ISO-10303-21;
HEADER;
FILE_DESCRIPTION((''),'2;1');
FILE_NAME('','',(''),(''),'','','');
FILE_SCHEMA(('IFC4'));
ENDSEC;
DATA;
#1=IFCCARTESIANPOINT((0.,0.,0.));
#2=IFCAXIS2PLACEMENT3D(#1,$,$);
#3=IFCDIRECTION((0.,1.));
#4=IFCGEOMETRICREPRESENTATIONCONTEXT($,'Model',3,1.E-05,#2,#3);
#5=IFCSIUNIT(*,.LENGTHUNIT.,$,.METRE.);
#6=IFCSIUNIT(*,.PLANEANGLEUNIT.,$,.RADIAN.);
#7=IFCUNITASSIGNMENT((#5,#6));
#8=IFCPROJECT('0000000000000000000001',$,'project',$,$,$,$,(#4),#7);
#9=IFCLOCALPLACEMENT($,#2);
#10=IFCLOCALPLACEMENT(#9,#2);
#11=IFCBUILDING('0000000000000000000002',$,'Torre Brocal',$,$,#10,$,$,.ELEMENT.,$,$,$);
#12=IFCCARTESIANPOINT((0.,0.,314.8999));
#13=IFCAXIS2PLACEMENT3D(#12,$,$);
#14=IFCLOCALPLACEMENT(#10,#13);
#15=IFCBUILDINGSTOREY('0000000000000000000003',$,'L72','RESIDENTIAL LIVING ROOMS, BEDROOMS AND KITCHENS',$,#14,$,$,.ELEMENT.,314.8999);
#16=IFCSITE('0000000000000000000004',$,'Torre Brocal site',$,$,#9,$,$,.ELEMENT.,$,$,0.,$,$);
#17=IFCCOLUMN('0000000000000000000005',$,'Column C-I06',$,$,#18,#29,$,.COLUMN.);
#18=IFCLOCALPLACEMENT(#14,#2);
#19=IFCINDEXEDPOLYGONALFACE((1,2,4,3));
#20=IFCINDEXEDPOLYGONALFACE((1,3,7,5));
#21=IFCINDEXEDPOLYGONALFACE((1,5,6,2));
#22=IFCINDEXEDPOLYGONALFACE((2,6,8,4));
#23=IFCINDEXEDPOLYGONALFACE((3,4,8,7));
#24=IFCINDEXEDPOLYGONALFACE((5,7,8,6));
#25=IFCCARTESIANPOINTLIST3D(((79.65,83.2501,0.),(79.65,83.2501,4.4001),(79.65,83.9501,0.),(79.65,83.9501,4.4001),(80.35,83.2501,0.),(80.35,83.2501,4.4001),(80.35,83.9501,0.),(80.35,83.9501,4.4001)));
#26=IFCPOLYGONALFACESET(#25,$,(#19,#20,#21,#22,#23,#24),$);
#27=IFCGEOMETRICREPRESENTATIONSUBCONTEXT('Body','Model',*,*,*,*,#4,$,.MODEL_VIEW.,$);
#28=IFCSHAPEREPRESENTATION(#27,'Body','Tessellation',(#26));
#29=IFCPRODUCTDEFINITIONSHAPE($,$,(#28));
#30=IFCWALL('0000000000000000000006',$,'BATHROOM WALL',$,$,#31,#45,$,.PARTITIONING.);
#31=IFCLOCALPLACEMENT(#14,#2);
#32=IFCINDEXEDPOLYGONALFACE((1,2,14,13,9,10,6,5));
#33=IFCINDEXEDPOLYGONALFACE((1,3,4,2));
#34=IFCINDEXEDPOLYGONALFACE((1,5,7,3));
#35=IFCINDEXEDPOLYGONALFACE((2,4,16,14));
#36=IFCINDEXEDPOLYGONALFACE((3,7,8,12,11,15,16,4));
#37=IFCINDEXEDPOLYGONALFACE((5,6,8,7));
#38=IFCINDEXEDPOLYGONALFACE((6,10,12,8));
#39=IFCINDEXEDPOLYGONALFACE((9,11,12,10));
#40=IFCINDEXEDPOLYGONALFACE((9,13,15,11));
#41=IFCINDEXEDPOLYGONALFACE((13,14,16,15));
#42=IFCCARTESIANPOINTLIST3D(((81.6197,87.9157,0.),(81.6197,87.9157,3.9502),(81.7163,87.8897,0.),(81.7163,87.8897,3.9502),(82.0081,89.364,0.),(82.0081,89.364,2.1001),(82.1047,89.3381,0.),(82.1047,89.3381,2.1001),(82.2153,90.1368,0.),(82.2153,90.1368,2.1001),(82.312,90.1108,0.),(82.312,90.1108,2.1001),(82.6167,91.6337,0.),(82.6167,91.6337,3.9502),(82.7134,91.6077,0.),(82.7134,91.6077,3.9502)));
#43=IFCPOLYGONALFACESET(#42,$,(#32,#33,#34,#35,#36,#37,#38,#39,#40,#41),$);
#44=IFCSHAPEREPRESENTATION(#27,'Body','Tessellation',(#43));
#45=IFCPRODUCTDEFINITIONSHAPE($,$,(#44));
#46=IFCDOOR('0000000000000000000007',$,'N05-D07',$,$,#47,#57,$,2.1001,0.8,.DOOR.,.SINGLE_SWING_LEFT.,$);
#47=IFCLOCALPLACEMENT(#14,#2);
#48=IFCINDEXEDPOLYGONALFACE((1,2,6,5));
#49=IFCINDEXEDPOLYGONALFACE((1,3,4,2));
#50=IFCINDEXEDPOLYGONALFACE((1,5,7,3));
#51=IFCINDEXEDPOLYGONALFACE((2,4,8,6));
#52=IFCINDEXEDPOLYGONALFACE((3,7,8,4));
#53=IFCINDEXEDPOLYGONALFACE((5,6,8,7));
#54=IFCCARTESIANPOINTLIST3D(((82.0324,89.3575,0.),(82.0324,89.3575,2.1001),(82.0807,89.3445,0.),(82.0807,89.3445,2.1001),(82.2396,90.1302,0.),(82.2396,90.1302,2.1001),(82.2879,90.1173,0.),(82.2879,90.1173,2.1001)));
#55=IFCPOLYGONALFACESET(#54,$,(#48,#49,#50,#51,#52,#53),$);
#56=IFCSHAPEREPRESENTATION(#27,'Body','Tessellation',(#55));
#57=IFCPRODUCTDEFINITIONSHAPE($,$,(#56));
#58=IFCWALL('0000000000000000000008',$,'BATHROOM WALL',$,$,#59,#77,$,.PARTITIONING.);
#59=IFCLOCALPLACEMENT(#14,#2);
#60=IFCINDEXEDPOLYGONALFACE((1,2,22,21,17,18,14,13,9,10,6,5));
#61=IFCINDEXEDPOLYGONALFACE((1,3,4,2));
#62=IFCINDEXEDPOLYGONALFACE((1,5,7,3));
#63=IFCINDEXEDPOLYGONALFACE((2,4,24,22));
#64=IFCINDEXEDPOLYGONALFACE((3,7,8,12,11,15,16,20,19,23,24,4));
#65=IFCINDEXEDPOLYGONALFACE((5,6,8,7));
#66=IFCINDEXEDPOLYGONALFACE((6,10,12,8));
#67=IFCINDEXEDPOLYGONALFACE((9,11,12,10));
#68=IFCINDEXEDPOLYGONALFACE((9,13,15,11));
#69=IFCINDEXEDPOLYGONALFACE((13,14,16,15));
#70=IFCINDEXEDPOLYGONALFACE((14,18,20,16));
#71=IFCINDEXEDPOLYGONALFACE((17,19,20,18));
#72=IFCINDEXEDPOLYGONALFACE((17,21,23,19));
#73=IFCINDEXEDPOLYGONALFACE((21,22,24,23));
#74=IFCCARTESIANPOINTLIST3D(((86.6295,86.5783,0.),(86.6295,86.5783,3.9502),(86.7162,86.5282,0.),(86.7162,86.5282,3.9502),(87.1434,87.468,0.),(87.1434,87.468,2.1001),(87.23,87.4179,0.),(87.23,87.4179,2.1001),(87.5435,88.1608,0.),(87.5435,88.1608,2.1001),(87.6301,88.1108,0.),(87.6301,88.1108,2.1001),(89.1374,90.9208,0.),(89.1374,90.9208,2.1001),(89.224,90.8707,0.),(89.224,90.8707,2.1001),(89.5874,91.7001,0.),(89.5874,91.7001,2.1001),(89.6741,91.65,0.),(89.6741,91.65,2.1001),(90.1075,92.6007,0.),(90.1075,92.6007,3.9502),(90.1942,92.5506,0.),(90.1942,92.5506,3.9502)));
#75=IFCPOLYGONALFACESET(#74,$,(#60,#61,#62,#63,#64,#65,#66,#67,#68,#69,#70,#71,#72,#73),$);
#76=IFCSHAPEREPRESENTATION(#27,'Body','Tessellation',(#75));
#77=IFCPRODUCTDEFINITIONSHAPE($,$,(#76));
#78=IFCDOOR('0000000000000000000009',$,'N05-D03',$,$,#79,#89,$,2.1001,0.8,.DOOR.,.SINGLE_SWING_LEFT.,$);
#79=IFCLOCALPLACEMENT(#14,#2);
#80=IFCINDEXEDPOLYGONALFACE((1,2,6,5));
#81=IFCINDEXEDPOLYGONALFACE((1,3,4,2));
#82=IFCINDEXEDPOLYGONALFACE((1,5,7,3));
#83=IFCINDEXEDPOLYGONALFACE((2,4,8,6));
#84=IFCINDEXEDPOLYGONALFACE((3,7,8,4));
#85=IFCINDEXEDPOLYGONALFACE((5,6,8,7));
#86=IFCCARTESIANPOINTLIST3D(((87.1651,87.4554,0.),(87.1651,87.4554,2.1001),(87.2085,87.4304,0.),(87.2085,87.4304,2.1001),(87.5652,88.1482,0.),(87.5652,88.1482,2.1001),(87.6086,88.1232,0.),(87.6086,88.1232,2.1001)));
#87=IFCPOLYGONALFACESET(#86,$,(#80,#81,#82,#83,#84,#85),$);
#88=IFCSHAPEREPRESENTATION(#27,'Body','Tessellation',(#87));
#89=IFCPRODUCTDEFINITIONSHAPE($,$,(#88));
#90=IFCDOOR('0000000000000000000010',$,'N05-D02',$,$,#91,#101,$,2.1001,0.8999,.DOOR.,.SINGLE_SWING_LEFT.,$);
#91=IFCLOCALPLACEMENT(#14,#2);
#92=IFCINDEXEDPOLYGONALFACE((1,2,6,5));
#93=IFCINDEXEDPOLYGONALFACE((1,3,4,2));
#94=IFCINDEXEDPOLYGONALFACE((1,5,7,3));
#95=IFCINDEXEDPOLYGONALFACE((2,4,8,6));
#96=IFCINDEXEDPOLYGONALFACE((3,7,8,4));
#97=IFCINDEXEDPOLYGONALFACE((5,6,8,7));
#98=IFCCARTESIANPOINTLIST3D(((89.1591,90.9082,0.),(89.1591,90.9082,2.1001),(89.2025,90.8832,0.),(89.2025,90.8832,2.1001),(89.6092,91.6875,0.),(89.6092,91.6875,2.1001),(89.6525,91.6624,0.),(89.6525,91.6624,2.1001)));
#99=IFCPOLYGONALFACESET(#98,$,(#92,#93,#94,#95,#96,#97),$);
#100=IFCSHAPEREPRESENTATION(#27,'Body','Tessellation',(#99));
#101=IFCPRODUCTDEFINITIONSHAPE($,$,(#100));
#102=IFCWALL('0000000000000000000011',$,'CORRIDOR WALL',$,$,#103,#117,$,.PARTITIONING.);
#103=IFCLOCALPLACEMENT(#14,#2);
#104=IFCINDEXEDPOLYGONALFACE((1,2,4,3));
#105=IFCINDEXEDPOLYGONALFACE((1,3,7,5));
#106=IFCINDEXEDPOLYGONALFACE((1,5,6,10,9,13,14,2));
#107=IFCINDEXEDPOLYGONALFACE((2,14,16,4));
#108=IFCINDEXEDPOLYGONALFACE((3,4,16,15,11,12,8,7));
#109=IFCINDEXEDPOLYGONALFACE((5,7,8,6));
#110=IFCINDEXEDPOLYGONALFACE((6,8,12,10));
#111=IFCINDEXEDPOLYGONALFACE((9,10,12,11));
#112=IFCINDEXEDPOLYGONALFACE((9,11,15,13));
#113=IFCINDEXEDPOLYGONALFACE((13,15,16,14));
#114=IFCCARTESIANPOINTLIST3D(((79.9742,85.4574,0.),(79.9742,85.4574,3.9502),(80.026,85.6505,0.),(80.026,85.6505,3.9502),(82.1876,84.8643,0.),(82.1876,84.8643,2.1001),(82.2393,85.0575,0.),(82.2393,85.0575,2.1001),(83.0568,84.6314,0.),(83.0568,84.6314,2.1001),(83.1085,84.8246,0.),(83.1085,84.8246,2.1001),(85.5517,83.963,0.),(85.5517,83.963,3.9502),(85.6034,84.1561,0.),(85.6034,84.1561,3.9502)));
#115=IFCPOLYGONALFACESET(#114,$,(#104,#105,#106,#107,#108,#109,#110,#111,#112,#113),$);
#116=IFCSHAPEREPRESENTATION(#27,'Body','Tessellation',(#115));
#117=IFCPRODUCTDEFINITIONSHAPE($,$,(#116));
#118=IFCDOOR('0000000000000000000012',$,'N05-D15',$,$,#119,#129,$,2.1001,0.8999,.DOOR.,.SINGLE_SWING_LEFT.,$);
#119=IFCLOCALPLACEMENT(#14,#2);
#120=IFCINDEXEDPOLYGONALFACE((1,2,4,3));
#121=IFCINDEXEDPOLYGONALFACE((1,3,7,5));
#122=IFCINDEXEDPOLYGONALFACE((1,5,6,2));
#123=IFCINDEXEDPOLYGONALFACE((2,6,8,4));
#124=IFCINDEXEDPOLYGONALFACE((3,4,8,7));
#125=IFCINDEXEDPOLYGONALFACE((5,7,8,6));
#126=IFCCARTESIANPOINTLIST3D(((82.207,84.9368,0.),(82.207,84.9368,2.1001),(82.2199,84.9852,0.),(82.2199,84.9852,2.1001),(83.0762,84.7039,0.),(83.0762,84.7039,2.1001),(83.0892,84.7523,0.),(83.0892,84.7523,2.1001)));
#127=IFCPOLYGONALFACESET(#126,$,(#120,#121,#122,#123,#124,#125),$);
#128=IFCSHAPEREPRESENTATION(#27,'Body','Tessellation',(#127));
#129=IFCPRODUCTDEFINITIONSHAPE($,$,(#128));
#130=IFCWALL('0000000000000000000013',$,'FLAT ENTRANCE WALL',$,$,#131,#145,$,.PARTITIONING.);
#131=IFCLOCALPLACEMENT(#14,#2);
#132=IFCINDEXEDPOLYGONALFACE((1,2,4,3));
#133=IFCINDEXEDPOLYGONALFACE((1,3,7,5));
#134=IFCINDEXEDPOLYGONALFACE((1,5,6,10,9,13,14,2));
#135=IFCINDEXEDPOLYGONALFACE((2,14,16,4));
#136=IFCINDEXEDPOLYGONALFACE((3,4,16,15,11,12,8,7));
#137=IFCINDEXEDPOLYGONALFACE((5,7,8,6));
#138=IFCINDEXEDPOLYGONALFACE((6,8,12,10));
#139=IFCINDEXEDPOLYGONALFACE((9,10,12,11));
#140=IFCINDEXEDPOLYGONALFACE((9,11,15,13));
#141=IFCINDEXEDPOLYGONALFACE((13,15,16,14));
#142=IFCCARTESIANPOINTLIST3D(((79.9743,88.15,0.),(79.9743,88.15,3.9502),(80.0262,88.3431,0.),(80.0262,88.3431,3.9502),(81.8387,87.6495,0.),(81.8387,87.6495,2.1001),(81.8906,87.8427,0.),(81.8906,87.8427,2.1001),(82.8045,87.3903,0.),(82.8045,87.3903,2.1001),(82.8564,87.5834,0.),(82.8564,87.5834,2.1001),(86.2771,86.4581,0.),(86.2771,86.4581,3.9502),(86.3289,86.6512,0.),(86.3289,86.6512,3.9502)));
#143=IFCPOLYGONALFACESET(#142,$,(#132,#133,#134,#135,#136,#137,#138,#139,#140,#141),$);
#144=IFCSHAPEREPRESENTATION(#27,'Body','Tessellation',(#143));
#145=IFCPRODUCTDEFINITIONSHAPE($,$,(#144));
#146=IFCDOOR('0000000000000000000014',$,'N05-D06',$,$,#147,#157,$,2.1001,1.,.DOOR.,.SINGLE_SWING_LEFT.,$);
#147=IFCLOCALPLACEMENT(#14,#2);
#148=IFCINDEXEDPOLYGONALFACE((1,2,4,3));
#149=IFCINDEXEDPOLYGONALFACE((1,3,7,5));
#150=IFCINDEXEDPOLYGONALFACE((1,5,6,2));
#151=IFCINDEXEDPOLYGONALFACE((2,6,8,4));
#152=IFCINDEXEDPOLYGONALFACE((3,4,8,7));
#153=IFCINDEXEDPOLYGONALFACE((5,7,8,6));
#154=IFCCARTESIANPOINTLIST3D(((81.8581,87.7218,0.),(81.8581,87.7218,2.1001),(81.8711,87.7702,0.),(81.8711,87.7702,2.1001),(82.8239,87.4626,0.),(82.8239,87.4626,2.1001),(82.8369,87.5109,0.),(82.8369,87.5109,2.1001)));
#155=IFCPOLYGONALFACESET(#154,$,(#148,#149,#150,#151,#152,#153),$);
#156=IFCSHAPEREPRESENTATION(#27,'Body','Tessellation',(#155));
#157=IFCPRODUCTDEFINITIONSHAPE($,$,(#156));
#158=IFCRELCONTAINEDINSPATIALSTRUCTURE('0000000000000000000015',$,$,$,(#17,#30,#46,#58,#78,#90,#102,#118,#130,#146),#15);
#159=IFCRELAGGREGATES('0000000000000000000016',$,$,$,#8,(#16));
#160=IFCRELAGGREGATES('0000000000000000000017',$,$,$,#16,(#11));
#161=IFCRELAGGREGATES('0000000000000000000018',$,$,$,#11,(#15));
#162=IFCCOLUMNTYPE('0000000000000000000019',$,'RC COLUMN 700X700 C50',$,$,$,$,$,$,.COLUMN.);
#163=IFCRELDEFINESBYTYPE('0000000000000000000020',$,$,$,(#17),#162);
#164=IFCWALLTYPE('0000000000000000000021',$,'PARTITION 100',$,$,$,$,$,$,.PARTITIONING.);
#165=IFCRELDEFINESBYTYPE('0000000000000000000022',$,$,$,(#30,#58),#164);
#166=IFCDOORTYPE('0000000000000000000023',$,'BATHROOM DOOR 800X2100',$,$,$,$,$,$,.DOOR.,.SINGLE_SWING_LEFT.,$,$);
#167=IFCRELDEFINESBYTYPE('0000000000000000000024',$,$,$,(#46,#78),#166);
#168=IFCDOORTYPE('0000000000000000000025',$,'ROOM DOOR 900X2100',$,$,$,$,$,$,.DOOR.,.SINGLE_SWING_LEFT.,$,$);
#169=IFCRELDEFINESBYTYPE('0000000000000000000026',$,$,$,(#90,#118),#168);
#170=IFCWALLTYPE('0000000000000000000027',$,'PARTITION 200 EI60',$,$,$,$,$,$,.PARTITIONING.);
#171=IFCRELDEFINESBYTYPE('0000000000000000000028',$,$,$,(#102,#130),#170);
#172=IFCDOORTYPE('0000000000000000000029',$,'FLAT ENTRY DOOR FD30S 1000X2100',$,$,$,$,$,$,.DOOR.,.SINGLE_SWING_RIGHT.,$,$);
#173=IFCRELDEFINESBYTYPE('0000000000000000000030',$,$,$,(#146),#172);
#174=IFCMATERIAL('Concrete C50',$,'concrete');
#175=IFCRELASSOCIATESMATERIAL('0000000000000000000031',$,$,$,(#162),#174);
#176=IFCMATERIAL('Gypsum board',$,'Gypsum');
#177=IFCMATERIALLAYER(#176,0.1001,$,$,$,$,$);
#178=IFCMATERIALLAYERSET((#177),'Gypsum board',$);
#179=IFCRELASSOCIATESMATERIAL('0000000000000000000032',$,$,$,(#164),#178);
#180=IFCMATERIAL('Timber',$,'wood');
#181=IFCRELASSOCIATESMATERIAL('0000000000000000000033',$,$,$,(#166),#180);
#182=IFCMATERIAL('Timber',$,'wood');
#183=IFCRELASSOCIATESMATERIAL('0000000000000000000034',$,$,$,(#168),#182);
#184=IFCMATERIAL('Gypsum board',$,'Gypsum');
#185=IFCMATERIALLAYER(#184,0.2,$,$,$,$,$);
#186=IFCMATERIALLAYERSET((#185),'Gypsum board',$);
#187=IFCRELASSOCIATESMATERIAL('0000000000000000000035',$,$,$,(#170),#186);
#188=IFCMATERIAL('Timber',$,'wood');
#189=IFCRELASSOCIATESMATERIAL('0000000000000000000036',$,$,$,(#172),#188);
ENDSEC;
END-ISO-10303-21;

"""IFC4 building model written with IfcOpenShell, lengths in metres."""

from ifc_helpers import new_model, si_unit, direction, frame, frame_2d, origin, origin_2d, place, context, subcontext, project, spatial, rectangle, extrude, material, layer, layer_set, material_profile, profile_set, type_object, element, fill, save


model = new_model("IFC4")

# Units and contexts
model_context = context("Model", 3, precision=1e-05, world=origin(), true_north=direction((0.0, 1.0)))
body_context = subcontext(model_context, "Body", "Model", "MODEL_VIEW")
ifc_project = project(units=[si_unit("LENGTHUNIT", "METRE"), si_unit("PLANEANGLEUNIT", "RADIAN")], contexts=[model_context])

# Site, building, storey
site_placement = place(None, origin())
site = spatial("IfcSite", under=ifc_project, at=site_placement, Name="Torre Brocal site", CompositionType="ELEMENT", RefElevation=0.0)
building_placement = place(site_placement, origin())
building = spatial("IfcBuilding", under=site, at=building_placement, Name="Torre Brocal", CompositionType="ELEMENT")
storey_placement = place(building_placement, frame((0.0, 0.0, 314.8999)))
storey = spatial("IfcBuildingStorey", under=building, at=storey_placement, Name="L72", Description="RESIDENTIAL LIVING ROOMS, BEDROOMS AND KITCHENS", CompositionType="ELEMENT", Elevation=314.8999)

# Column
ifc_material_1 = material(Name="Concrete C50", Category="concrete")
ifc_material_profile = material_profile(ifc_material_1, rectangle(XDim=0.7, YDim=0.7, at=origin_2d()), Name="RC 700X700")
ifc_profile_set = profile_set([ifc_material_profile], Name="Concrete C50")
column_type = type_object("IfcColumnType", Name="RC COLUMN 700X700 C50", PredefinedType="COLUMN", material=ifc_profile_set)
column_placement = place(storey_placement, frame((80.0, 83.6001, 0.0), z_axis=(0.0, 0.0, 1.0), x_axis=(0.0, 1.0, 0.0)))
element("IfcColumn", 1, at=column_placement, inside=storey, type_object=column_type, Name="Column C-I06", PredefinedType="COLUMN", context=body_context, shape_type="SweptSolid", body=[
    extrude(rectangle(XDim=0.7, YDim=0.7, at=origin_2d()), origin(), (0.0, 0.0, 1.0), 4.4001),
])

# Wall, opening, door
ifc_material_2 = material(Name="Gypsum board", Category="Gypsum")
ifc_layer_1 = layer(ifc_material_2, 0.1001)
ifc_layer_set_1 = layer_set([ifc_layer_1], Name="Gypsum board")
wall_type_1 = type_object("IfcWallType", Name="PARTITION 100", PredefinedType="PARTITIONING", material=ifc_layer_set_1)
wall_1_placement = place(storey_placement, frame((81.668, 87.9026, 0.0), z_axis=(0.0, 0.0, 1.0), x_axis=(0.25902, 0.965872, 0.0)))
wall_1 = element("IfcWall", 2, at=wall_1_placement, inside=storey, type_object=wall_type_1, Name="BATHROOM WALL", PredefinedType="PARTITIONING", context=body_context, shape_type="SweptSolid", body=[
    extrude(rectangle(XDim=3.8494, YDim=0.1001, at=frame_2d((1.9248, 0.0))), origin(), (0.0, 0.0, 1.0), 3.9502),
])
opening_1_placement = place(wall_1_placement, frame((1.4998, 0.0, 0.0)))
opening_1 = element("IfcOpeningElement", 3, at=opening_1_placement, cuts=wall_1, PredefinedType="OPENING", context=body_context, shape_type="SweptSolid", body=[
    extrude(rectangle(XDim=0.8, YDim=2.1001, at=frame_2d((0.3999, 1.05))), frame((0.0, 0.0601, 0.0), z_axis=(0.0, -1.0, 0.0), x_axis=(1.0, 0.0, 0.0)), (0.0, 0.0, 1.0), 0.1201),
])
ifc_material_3 = material(Name="Timber", Category="wood")
door_type_1 = type_object("IfcDoorType", Name="BATHROOM DOOR 800X2100", OperationType="SINGLE_SWING_LEFT", PredefinedType="DOOR", material=ifc_material_3)
door_1_placement = place(opening_1_placement, origin())
door_1 = element("IfcDoor", 4, at=door_1_placement, inside=storey, type_object=door_type_1, Name="N05-D07", OperationType="SINGLE_SWING_LEFT", OverallHeight=2.1001, OverallWidth=0.8, PredefinedType="DOOR", context=body_context, shape_type="SweptSolid", body=[
    extrude(rectangle(XDim=0.8, YDim=2.1001, at=frame_2d((0.3999, 1.05))), frame((0.0, 0.0249, 0.0), z_axis=(0.0, -1.0, 0.0), x_axis=(1.0, 0.0, 0.0)), (0.0, 0.0, 1.0), 0.05),
])
fill(opening_1, door_1)

# Wall, openings, doors
wall_2_placement = place(storey_placement, frame((86.6729, 86.5532, 0.0), z_axis=(0.0, 0.0, 1.0), x_axis=(0.500103, 0.865966, 0.0)))
wall_2 = element("IfcWall", 5, at=wall_2_placement, inside=storey, type_object=wall_type_1, Name="BATHROOM WALL", PredefinedType="PARTITIONING", context=body_context, shape_type="SweptSolid", body=[
    extrude(rectangle(XDim=6.9546, YDim=0.1001, at=frame_2d((3.4773, 0.0))), origin(), (0.0, 0.0, 1.0), 3.9502),
])
opening_2_placement = place(wall_2_placement, frame((5.0146, 0.0, 0.0)))
opening_2 = element("IfcOpeningElement", 6, at=opening_2_placement, cuts=wall_2, PredefinedType="OPENING", context=body_context, shape_type="SweptSolid", body=[
    extrude(rectangle(XDim=0.8999, YDim=2.1001, at=frame_2d((0.45, 1.05))), frame((0.0, 0.0601, 0.0), z_axis=(0.0, -1.0, 0.0), x_axis=(1.0, 0.0, 0.0)), (0.0, 0.0, 1.0), 0.1201),
])
opening_3_placement = place(wall_2_placement, frame((1.0276, 0.0, 0.0)))
opening_3 = element("IfcOpeningElement", 7, at=opening_3_placement, cuts=wall_2, PredefinedType="OPENING", context=body_context, shape_type="SweptSolid", body=[
    extrude(rectangle(XDim=0.8, YDim=2.1001, at=frame_2d((0.3999, 1.05))), frame((0.0, 0.0601, 0.0), z_axis=(0.0, -1.0, 0.0), x_axis=(1.0, 0.0, 0.0)), (0.0, 0.0, 1.0), 0.1201),
])
door_2_placement = place(opening_3_placement, origin())
door_2 = element("IfcDoor", 8, at=door_2_placement, inside=storey, type_object=door_type_1, Name="N05-D03", OperationType="SINGLE_SWING_LEFT", OverallHeight=2.1001, OverallWidth=0.8, PredefinedType="DOOR", context=body_context, shape_type="SweptSolid", body=[
    extrude(rectangle(XDim=0.8, YDim=2.1001, at=frame_2d((0.3999, 1.05))), frame((0.0, 0.0249, 0.0), z_axis=(0.0, -1.0, 0.0), x_axis=(1.0, 0.0, 0.0)), (0.0, 0.0, 1.0), 0.05),
])
fill(opening_3, door_2)
ifc_material_4 = material(Name="Timber", Category="wood")
door_type_2 = type_object("IfcDoorType", Name="ROOM DOOR 900X2100", OperationType="SINGLE_SWING_LEFT", PredefinedType="DOOR", material=ifc_material_4)
door_3_placement = place(opening_2_placement, origin())
door_3 = element("IfcDoor", 9, at=door_3_placement, inside=storey, type_object=door_type_2, Name="N05-D02", OperationType="SINGLE_SWING_LEFT", OverallHeight=2.1001, OverallWidth=0.8999, PredefinedType="DOOR", context=body_context, shape_type="SweptSolid", body=[
    extrude(rectangle(XDim=0.8999, YDim=2.1001, at=frame_2d((0.45, 1.05))), frame((0.0, 0.0249, 0.0), z_axis=(0.0, -1.0, 0.0), x_axis=(1.0, 0.0, 0.0)), (0.0, 0.0, 1.0), 0.05),
])
fill(opening_2, door_3)

# Walls, openings, doors
ifc_material_5 = material(Name="Gypsum board", Category="Gypsum")
ifc_layer_2 = layer(ifc_material_5, 0.2)
ifc_layer_set_2 = layer_set([ifc_layer_2], Name="Gypsum board")
wall_type_2 = type_object("IfcWallType", Name="PARTITION 200 EI60", PredefinedType="PARTITIONING", material=ifc_layer_set_2)
wall_3_placement = place(storey_placement, frame((80.0, 85.554, 0.0), z_axis=(0.0, 0.0, 1.0), x_axis=(0.965929, -0.258807, 0.0)))
wall_3 = element("IfcWall", 10, at=wall_3_placement, inside=storey, type_object=wall_type_2, Name="CORRIDOR WALL", PredefinedType="PARTITIONING", context=body_context, shape_type="SweptSolid", body=[
    extrude(rectangle(XDim=5.7742, YDim=0.2, at=frame_2d((2.8872, 0.0))), origin(), (0.0, 0.0, 1.0), 3.9502),
])
opening_4_placement = place(wall_3_placement, frame((2.2915, 0.0, 0.0)))
opening_4 = element("IfcOpeningElement", 11, at=opening_4_placement, cuts=wall_3, PredefinedType="OPENING", context=body_context, shape_type="SweptSolid", body=[
    extrude(rectangle(XDim=0.8999, YDim=2.1001, at=frame_2d((0.45, 1.05))), frame((0.0, 0.1099, 0.0), z_axis=(0.0, -1.0, 0.0), x_axis=(1.0, 0.0, 0.0)), (0.0, 0.0, 1.0), 0.22),
])
door_4_placement = place(opening_4_placement, frame((0.8999, 0.0, 0.0), z_axis=(0.0, 0.0, 1.0), x_axis=(-1.0, 0.0, 0.0)))
door_4 = element("IfcDoor", 12, at=door_4_placement, inside=storey, type_object=door_type_2, Name="N05-D15", OperationType="SINGLE_SWING_LEFT", OverallHeight=2.1001, OverallWidth=0.8999, PredefinedType="DOOR", context=body_context, shape_type="SweptSolid", body=[
    extrude(rectangle(XDim=0.8999, YDim=2.1001, at=frame_2d((0.45, 1.05))), frame((0.0, 0.0249, 0.0), z_axis=(0.0, -1.0, 0.0), x_axis=(1.0, 0.0, 0.0)), (0.0, 0.0, 1.0), 0.05),
])
fill(opening_4, door_4)
wall_4_placement = place(storey_placement, frame((80.0002, 88.2466, 0.0), z_axis=(0.0, 0.0, 1.0), x_axis=(0.965808, -0.25926, 0.0)))
wall_4 = element("IfcWall", 13, at=wall_4_placement, inside=storey, type_object=wall_type_2, Name="FLAT ENTRANCE WALL", PredefinedType="PARTITIONING", context=body_context, shape_type="SweptSolid", body=[
    extrude(rectangle(XDim=6.5259, YDim=0.2, at=frame_2d((3.2629, 0.0))), origin(), (0.0, 0.0, 1.0), 3.9502),
])
opening_5_placement = place(wall_4_placement, frame((1.9304, 0.0, 0.0)))
opening_5 = element("IfcOpeningElement", 14, at=opening_5_placement, cuts=wall_4, PredefinedType="OPENING", context=body_context, shape_type="SweptSolid", body=[
    extrude(rectangle(XDim=1.0, YDim=2.1001, at=frame_2d((0.5, 1.05))), frame((0.0, 0.1099, 0.0), z_axis=(0.0, -1.0, 0.0), x_axis=(1.0, 0.0, 0.0)), (0.0, 0.0, 1.0), 0.22),
])
ifc_material_6 = material(Name="Timber", Category="wood")
door_type_3 = type_object("IfcDoorType", Name="FLAT ENTRY DOOR FD30S 1000X2100", OperationType="SINGLE_SWING_RIGHT", PredefinedType="DOOR", material=ifc_material_6)
door_5_placement = place(opening_5_placement, origin())
door_5 = element("IfcDoor", 15, at=door_5_placement, inside=storey, type_object=door_type_3, Name="N05-D06", OperationType="SINGLE_SWING_LEFT", OverallHeight=2.1001, OverallWidth=1.0, PredefinedType="DOOR", context=body_context, shape_type="SweptSolid", body=[
    extrude(rectangle(XDim=1.0, YDim=2.1001, at=frame_2d((0.5, 1.05))), frame((0.0, 0.0249, 0.0), z_axis=(0.0, -1.0, 0.0), x_axis=(1.0, 0.0, 0.0)), (0.0, 0.0, 1.0), 0.05),
])
fill(opening_5, door_5)

save(model, "model.ifc")
